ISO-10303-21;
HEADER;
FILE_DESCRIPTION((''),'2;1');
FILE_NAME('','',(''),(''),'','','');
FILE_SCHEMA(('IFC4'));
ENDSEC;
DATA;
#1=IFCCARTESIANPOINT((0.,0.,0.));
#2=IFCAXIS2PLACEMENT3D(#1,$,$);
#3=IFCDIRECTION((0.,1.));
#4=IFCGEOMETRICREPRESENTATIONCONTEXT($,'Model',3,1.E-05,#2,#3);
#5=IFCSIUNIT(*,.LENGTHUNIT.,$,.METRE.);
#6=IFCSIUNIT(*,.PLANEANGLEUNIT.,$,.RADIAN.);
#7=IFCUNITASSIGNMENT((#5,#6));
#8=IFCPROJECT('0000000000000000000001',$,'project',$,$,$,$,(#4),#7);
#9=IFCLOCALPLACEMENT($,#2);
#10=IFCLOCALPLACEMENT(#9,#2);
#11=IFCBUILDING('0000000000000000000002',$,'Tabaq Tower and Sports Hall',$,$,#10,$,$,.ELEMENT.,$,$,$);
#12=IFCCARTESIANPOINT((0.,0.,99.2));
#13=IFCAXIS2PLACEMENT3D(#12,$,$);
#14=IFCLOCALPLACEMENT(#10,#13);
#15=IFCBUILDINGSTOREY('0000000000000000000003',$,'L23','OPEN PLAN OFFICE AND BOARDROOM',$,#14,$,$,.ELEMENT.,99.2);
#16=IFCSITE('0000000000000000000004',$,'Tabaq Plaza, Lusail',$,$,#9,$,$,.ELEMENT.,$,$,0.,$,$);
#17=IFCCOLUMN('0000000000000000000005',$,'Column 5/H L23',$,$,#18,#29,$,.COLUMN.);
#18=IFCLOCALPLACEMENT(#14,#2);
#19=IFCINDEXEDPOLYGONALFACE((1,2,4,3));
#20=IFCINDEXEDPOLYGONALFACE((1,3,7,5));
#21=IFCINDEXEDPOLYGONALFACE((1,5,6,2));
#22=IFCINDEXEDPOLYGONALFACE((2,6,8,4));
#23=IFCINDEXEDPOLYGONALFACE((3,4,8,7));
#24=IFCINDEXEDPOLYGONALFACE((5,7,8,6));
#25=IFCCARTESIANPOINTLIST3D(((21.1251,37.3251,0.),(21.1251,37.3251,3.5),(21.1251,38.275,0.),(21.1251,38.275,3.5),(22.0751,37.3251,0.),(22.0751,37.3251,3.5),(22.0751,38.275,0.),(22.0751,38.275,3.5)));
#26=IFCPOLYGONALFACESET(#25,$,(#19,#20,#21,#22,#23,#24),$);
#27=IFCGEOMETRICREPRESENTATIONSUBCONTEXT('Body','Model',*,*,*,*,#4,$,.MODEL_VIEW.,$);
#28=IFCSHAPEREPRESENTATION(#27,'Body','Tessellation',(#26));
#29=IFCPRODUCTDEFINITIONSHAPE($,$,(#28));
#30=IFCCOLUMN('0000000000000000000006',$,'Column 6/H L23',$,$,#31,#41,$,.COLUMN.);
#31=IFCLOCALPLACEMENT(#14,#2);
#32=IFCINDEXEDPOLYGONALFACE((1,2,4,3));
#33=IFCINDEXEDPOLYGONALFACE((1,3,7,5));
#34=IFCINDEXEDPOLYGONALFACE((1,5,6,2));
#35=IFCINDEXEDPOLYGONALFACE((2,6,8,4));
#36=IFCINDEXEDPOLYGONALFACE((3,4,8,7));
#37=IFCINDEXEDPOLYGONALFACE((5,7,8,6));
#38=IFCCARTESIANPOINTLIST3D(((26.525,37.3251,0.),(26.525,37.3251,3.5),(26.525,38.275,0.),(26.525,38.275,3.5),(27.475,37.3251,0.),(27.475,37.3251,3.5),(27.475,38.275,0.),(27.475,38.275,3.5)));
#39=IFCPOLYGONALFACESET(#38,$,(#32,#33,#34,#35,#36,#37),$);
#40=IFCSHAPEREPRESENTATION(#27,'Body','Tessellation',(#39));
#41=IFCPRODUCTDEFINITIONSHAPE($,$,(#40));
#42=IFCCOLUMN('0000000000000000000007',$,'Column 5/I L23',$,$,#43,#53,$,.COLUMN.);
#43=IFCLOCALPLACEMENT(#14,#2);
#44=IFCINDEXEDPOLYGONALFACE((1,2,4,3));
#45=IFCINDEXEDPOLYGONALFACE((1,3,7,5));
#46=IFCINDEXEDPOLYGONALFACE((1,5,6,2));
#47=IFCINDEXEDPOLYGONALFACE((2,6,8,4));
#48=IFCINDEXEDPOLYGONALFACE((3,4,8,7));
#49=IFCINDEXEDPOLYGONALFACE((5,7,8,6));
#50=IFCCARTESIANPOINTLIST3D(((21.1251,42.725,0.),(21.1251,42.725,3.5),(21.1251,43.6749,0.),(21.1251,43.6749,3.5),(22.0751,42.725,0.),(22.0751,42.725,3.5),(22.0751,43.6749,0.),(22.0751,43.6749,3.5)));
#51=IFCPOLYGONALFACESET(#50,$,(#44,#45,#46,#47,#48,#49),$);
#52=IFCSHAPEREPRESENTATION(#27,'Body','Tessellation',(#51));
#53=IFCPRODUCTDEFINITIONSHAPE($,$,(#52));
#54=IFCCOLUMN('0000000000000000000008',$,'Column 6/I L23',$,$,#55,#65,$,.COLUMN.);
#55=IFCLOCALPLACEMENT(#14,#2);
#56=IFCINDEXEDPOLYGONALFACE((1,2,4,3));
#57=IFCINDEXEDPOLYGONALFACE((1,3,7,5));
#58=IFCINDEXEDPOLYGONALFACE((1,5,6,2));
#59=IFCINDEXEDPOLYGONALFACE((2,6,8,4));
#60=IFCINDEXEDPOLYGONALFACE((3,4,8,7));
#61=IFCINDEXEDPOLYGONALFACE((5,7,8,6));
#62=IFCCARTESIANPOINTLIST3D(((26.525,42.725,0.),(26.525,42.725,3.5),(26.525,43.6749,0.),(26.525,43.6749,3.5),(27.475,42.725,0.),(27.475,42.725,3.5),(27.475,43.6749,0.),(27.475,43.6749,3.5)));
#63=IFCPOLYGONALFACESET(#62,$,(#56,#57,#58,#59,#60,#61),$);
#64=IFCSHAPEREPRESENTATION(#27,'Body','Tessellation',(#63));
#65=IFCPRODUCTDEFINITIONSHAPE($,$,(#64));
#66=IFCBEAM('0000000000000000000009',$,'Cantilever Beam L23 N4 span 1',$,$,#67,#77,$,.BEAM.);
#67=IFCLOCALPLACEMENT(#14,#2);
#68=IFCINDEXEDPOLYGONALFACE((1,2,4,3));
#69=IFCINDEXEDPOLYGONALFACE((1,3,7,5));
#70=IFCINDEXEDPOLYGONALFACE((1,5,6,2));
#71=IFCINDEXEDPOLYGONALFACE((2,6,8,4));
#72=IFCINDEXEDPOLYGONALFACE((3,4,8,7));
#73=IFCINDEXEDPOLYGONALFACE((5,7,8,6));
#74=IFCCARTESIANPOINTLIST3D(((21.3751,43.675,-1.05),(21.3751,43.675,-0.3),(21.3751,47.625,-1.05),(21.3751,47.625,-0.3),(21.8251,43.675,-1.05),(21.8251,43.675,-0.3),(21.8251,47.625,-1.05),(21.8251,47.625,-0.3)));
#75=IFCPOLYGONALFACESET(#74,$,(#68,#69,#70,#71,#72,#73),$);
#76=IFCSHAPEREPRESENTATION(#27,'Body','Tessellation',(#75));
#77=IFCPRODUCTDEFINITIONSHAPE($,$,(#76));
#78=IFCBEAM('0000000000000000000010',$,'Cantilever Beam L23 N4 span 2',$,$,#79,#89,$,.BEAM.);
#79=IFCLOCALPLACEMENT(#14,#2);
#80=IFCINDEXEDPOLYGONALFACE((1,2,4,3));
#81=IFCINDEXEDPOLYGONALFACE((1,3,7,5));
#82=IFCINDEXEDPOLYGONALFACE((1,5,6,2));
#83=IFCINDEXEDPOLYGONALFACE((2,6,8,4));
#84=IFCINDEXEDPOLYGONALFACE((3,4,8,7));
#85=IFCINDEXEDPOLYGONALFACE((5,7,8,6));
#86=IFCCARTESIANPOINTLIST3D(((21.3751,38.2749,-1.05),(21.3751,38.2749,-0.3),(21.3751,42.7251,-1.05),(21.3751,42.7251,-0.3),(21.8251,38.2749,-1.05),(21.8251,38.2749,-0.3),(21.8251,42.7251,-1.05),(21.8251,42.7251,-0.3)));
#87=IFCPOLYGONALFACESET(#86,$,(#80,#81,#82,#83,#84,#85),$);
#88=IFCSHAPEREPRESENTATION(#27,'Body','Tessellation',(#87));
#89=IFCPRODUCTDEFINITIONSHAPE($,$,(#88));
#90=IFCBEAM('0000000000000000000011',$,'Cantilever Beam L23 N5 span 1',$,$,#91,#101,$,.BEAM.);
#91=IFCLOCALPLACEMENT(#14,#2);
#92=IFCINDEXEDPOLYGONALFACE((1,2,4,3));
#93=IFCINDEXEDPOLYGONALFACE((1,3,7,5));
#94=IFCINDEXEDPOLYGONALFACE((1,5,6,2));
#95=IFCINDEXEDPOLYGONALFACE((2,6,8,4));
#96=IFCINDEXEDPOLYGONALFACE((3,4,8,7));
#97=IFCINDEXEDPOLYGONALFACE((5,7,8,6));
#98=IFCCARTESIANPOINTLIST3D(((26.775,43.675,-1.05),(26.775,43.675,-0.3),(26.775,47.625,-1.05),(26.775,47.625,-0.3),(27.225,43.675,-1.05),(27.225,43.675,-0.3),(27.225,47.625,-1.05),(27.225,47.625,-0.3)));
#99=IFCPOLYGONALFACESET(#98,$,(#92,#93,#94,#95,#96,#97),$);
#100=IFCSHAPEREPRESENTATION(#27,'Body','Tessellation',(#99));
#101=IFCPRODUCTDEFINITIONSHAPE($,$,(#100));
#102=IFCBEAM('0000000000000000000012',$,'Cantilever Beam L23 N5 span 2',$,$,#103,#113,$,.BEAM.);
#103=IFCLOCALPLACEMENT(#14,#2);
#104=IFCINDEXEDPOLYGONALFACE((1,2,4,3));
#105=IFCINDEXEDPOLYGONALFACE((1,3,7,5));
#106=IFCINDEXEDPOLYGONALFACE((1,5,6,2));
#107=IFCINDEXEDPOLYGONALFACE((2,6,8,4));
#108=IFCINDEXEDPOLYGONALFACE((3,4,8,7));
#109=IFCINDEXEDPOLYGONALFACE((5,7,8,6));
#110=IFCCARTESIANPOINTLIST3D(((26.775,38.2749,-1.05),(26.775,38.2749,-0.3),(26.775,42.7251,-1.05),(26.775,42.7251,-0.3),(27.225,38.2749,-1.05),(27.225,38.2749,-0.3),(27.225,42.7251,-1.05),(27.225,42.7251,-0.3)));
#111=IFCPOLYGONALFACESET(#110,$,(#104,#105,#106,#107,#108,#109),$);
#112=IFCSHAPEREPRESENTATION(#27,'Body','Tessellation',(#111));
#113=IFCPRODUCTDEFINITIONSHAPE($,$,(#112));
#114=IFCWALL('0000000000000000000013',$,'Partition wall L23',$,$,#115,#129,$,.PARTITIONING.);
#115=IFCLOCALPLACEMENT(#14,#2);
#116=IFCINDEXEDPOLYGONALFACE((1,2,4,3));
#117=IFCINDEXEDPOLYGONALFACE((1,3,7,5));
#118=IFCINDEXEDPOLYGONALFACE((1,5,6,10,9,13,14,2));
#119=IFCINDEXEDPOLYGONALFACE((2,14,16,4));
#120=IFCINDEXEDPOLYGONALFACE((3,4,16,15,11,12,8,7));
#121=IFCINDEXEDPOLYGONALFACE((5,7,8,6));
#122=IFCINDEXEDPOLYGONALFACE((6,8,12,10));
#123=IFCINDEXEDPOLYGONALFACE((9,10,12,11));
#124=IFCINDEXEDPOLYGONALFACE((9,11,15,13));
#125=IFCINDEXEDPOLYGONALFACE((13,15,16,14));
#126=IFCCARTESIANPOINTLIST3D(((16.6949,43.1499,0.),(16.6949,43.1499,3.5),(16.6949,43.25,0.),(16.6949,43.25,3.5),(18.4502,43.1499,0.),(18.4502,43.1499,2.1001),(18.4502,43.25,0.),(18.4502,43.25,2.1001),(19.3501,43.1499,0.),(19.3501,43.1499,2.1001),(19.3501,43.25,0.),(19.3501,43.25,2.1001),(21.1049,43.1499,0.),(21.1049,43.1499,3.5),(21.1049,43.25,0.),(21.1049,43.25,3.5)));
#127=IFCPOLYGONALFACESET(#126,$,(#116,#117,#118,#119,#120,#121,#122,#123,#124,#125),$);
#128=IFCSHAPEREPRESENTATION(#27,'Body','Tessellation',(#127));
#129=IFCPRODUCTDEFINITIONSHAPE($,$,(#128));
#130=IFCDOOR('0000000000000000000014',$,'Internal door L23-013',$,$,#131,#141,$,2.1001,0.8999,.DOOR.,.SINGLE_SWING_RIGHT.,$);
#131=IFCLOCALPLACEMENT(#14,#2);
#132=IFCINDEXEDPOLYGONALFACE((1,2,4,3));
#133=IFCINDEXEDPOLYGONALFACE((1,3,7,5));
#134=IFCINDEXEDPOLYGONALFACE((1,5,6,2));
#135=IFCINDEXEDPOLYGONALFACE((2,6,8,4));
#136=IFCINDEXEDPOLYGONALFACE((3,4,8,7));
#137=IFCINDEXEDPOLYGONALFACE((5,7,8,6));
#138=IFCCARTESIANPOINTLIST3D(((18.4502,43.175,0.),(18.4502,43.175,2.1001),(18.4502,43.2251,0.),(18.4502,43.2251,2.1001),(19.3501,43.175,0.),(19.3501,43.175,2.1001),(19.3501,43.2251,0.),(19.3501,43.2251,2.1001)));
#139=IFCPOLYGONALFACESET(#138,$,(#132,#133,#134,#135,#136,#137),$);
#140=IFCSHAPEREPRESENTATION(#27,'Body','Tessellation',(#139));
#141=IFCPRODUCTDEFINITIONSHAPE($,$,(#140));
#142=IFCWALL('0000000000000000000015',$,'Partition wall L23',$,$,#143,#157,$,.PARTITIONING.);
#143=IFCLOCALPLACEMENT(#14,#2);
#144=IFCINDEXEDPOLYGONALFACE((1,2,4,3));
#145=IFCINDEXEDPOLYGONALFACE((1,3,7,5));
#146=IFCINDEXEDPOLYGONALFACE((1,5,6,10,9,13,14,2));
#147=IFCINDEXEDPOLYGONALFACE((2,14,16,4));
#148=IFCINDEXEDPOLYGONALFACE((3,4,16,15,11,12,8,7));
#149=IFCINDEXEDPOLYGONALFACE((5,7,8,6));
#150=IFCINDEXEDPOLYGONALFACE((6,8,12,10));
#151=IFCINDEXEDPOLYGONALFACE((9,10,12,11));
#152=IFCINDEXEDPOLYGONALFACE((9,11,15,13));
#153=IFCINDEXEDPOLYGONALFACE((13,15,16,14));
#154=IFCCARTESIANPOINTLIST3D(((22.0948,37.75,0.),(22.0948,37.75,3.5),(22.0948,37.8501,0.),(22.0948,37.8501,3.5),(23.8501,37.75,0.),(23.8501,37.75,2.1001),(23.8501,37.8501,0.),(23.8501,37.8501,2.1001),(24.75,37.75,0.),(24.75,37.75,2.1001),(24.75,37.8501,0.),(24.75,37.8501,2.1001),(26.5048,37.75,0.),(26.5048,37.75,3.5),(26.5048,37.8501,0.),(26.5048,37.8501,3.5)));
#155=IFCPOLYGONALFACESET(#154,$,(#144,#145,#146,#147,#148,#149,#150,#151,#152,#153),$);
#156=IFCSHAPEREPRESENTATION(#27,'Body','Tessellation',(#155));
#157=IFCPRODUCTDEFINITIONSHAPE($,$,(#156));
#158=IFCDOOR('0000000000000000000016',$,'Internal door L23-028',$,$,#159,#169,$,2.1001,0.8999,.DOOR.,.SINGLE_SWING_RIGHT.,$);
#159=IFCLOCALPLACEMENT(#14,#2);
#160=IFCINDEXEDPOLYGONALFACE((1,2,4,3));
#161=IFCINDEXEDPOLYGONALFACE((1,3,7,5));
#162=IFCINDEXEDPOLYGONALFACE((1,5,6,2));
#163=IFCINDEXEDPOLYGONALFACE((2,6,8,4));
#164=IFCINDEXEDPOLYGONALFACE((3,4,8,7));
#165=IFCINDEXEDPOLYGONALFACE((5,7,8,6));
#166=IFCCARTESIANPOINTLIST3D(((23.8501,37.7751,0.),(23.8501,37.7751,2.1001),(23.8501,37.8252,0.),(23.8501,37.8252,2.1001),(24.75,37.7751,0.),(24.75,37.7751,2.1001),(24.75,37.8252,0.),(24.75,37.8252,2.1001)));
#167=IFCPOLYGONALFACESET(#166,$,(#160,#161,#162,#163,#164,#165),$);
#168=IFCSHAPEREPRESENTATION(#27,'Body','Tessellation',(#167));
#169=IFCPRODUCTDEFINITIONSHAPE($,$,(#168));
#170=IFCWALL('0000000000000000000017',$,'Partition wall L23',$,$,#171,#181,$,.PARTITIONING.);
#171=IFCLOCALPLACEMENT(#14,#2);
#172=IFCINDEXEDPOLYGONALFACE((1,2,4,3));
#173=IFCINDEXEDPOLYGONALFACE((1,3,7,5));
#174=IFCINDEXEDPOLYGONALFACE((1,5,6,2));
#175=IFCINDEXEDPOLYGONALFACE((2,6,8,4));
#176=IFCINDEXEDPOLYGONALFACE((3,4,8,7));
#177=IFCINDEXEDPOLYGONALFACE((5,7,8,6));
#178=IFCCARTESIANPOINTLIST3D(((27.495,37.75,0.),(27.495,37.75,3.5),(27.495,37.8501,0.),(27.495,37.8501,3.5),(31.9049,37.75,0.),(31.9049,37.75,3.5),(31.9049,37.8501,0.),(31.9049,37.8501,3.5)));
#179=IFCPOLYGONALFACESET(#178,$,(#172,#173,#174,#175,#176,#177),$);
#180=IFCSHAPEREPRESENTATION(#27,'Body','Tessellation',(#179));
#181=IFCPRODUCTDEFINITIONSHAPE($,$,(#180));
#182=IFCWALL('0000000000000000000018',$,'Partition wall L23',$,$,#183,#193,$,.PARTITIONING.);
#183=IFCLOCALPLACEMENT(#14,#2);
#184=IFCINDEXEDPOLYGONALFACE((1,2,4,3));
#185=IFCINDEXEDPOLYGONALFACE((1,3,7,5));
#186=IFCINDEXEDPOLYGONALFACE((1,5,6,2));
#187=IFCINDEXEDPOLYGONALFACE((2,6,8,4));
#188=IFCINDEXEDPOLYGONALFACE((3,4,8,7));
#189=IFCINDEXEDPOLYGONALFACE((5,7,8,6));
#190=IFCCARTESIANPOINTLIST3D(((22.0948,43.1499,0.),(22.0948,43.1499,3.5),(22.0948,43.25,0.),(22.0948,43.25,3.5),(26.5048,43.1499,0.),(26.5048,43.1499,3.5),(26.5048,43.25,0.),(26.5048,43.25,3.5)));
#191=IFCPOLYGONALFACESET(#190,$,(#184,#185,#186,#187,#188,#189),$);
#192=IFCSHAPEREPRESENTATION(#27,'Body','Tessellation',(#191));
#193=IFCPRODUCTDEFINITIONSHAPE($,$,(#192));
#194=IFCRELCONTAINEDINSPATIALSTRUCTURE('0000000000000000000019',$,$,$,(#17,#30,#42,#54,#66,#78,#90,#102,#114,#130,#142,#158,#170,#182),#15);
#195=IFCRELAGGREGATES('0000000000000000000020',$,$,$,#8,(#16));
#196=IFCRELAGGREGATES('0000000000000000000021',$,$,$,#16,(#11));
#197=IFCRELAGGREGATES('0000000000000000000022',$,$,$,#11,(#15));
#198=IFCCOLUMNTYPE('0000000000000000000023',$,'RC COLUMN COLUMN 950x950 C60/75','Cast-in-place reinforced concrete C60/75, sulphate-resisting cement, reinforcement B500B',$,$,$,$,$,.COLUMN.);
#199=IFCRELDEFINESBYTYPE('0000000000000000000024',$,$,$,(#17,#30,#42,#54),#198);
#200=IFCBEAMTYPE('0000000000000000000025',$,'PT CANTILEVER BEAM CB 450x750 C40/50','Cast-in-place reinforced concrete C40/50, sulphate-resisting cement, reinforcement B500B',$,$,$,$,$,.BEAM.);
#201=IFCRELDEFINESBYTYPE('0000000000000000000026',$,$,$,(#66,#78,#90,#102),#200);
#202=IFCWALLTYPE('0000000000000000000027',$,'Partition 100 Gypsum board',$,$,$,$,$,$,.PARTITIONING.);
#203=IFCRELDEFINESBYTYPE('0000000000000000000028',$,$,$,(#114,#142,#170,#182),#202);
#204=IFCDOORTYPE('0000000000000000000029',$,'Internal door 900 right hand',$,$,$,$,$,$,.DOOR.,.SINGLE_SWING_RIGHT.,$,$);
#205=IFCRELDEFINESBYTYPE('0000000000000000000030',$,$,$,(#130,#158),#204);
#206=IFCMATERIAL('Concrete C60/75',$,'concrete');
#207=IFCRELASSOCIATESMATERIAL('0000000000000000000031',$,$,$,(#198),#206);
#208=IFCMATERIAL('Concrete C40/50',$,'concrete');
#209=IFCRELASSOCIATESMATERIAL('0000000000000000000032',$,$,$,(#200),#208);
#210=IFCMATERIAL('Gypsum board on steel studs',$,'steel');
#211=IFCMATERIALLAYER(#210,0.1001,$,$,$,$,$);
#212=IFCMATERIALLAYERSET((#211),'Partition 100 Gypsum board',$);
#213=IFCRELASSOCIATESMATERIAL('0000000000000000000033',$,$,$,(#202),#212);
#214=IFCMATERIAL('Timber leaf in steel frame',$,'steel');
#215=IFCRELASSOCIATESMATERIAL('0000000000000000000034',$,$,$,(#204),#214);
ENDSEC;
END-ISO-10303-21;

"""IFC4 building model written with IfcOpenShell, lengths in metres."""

from ifc_helpers import new_model, si_unit, direction, frame, frame_2d, origin, origin_2d, place, context, subcontext, project, spatial, rectangle, extrude, material, layer, layer_set, material_profile, profile_set, type_object, element, fill, save


model = new_model("IFC4")

# Units and contexts
model_context = context("Model", 3, precision=1e-05, world=origin(), true_north=direction((0.0, 1.0)))
body_context = subcontext(model_context, "Body", "Model", "MODEL_VIEW")
ifc_project = project(units=[si_unit("LENGTHUNIT", "METRE"), si_unit("PLANEANGLEUNIT", "RADIAN")], contexts=[model_context])

# Site, building, storey
site_placement = place(None, origin())
site = spatial("IfcSite", under=ifc_project, at=site_placement, Name="Tabaq Plaza, Lusail", CompositionType="ELEMENT", RefElevation=0.0)
building_placement = place(site_placement, origin())
building = spatial("IfcBuilding", under=site, at=building_placement, Name="Tabaq Tower and Sports Hall", CompositionType="ELEMENT")
storey_placement = place(building_placement, frame((0.0, 0.0, 99.2)))
storey = spatial("IfcBuildingStorey", under=building, at=storey_placement, Name="L23", Description="OPEN PLAN OFFICE AND BOARDROOM", CompositionType="ELEMENT", Elevation=99.2)

# Columns
ifc_material_1 = material(Name="Concrete C60/75", Category="concrete")
ifc_material_profile_1 = material_profile(ifc_material_1, rectangle(XDim=0.95, YDim=0.95, at=origin_2d()), Name="COLUMN 950x950")
ifc_profile_set_1 = profile_set([ifc_material_profile_1], Name="Concrete C60/75")
column_type = type_object("IfcColumnType", Name="RC COLUMN COLUMN 950x950 C60/75", Description="Cast-in-place reinforced concrete C60/75, sulphate-resisting cement, reinforcement B500B", PredefinedType="COLUMN", material=ifc_profile_set_1)
for number, where, z_axis, x_axis, name in (
    (1, (21.6001, 37.8, 0.0), (0.0, 0.0, 1.0), (1.0, 0.0, 0.0), "Column 5/H L23"),
    (2, (27.0, 37.8, 0.0), (0.0, 0.0, 1.0), (1.0, 0.0, 0.0), "Column 6/H L23"),
    (3, (21.6001, 43.2, 0.0), (0.0, 0.0, 1.0), (1.0, 0.0, 0.0), "Column 5/I L23"),
    (4, (27.0, 43.2, 0.0), (0.0, 0.0, 1.0), (1.0, 0.0, 0.0), "Column 6/I L23"),
):
    element("IfcColumn", number, at=place(storey_placement, frame(where, z_axis=z_axis, x_axis=x_axis)), inside=storey, type_object=column_type, Name=name, PredefinedType="COLUMN", context=body_context, shape_type="SweptSolid", body=[
        extrude(rectangle(XDim=0.95, YDim=0.95, at=origin_2d()), origin(), (0.0, 0.0, 1.0), 3.5),
    ])

# Beams
ifc_material_2 = material(Name="Concrete C40/50", Category="concrete")
ifc_material_profile_2 = material_profile(ifc_material_2, rectangle(XDim=0.45, YDim=0.75, at=origin_2d()), Name="CB 450x750")
ifc_profile_set_2 = profile_set([ifc_material_profile_2], Name="Concrete C40/50")
beam_type = type_object("IfcBeamType", Name="PT CANTILEVER BEAM CB 450x750 C40/50", Description="Cast-in-place reinforced concrete C40/50, sulphate-resisting cement, reinforcement B500B", PredefinedType="BEAM", material=ifc_profile_set_2)
beam_1_placement = place(storey_placement, frame((21.6001, 47.625, -0.675), z_axis=(0.0, -1.0, 0.0), x_axis=(1.0, 0.0, 0.0)))
element("IfcBeam", 5, at=beam_1_placement, inside=storey, type_object=beam_type, Name="Cantilever Beam L23 N4 span 1", PredefinedType="BEAM", context=body_context, shape_type="SweptSolid", body=[
    extrude(rectangle(XDim=0.45, YDim=0.75, at=origin_2d()), origin(), (0.0, 0.0, 1.0), 3.95),
])
beam_2_placement = place(storey_placement, frame((21.6001, 42.7251, -0.675), z_axis=(0.0, -1.0, 0.0), x_axis=(1.0, 0.0, 0.0)))
element("IfcBeam", 6, at=beam_2_placement, inside=storey, type_object=beam_type, Name="Cantilever Beam L23 N4 span 2", PredefinedType="BEAM", context=body_context, shape_type="SweptSolid", body=[
    extrude(rectangle(XDim=0.45, YDim=0.75, at=origin_2d()), origin(), (0.0, 0.0, 1.0), 4.4502),
])
beam_3_placement = place(storey_placement, frame((27.0, 47.625, -0.675), z_axis=(0.0, -1.0, 0.0), x_axis=(1.0, 0.0, 0.0)))
element("IfcBeam", 7, at=beam_3_placement, inside=storey, type_object=beam_type, Name="Cantilever Beam L23 N5 span 1", PredefinedType="BEAM", context=body_context, shape_type="SweptSolid", body=[
    extrude(rectangle(XDim=0.45, YDim=0.75, at=origin_2d()), origin(), (0.0, 0.0, 1.0), 3.95),
])
beam_4_placement = place(storey_placement, frame((27.0, 42.7251, -0.675), z_axis=(0.0, -1.0, 0.0), x_axis=(1.0, 0.0, 0.0)))
element("IfcBeam", 8, at=beam_4_placement, inside=storey, type_object=beam_type, Name="Cantilever Beam L23 N5 span 2", PredefinedType="BEAM", context=body_context, shape_type="SweptSolid", body=[
    extrude(rectangle(XDim=0.45, YDim=0.75, at=origin_2d()), origin(), (0.0, 0.0, 1.0), 4.4502),
])

# Walls, openings, doors
ifc_material_3 = material(Name="Gypsum board on steel studs", Category="steel")
ifc_layer_1 = layer(ifc_material_3, 0.1001)
ifc_layer_set_1 = layer_set([ifc_layer_1], Name="Partition 100 Gypsum board")
wall_type_1 = type_object("IfcWallType", Name="Partition 100 Gypsum board", PredefinedType="PARTITIONING", material=ifc_layer_set_1)
wall_1_placement = place(storey_placement, frame((21.105, 43.2, 0.0), z_axis=(0.0, 0.0, 1.0), x_axis=(-1.0, 0.0, 0.0)))
wall_1 = element("IfcWall", 9, at=wall_1_placement, inside=storey, type_object=wall_type_1, Name="Partition wall L23", PredefinedType="PARTITIONING", context=body_context, shape_type="SweptSolid", body=[
    extrude(rectangle(XDim=4.4099, YDim=0.1001, at=frame_2d((2.2051, 0.0))), origin(), (0.0, 0.0, 1.0), 3.5),
])
opening_1_placement = place(wall_1_placement, frame((1.7549, 0.0, 0.0)))
opening_1 = element("IfcOpeningElement", 10, at=opening_1_placement, cuts=wall_1, PredefinedType="OPENING", context=body_context, shape_type="SweptSolid", body=[
    extrude(rectangle(XDim=0.8999, YDim=2.1001, at=frame_2d((0.45, 1.05))), frame((0.0, 0.05, 0.0), z_axis=(0.0, -1.0, 0.0), x_axis=(1.0, 0.0, 0.0)), (0.0, 0.0, 1.0), 0.1001),
])
ifc_material_4 = material(Name="Timber leaf in steel frame", Category="steel")
door_type = type_object("IfcDoorType", Name="Internal door 900 right hand", OperationType="SINGLE_SWING_RIGHT", PredefinedType="DOOR", material=ifc_material_4)
door_1_placement = place(opening_1_placement, origin())
door_1 = element("IfcDoor", 11, at=door_1_placement, inside=storey, type_object=door_type, Name="Internal door L23-013", OperationType="SINGLE_SWING_RIGHT", OverallHeight=2.1001, OverallWidth=0.8999, PredefinedType="DOOR", context=body_context, shape_type="SweptSolid", body=[
    extrude(rectangle(XDim=0.8999, YDim=2.1001, at=frame_2d((0.45, 1.05))), frame((0.0, 0.0249, 0.0), z_axis=(0.0, -1.0, 0.0), x_axis=(1.0, 0.0, 0.0)), (0.0, 0.0, 1.0), 0.05),
])
fill(opening_1, door_1)
wall_2_placement = place(storey_placement, frame((26.5049, 37.8, 0.0), z_axis=(0.0, 0.0, 1.0), x_axis=(-1.0, 0.0, 0.0)))
wall_2 = element("IfcWall", 12, at=wall_2_placement, inside=storey, type_object=wall_type_1, Name="Partition wall L23", PredefinedType="PARTITIONING", context=body_context, shape_type="SweptSolid", body=[
    extrude(rectangle(XDim=4.4099, YDim=0.1001, at=frame_2d((2.2051, 0.0))), origin(), (0.0, 0.0, 1.0), 3.5),
])
opening_2_placement = place(wall_2_placement, frame((1.7549, 0.0, 0.0)))
opening_2 = element("IfcOpeningElement", 13, at=opening_2_placement, cuts=wall_2, PredefinedType="OPENING", context=body_context, shape_type="SweptSolid", body=[
    extrude(rectangle(XDim=0.8999, YDim=2.1001, at=frame_2d((0.45, 1.05))), frame((0.0, 0.05, 0.0), z_axis=(0.0, -1.0, 0.0), x_axis=(1.0, 0.0, 0.0)), (0.0, 0.0, 1.0), 0.1001),
])
door_2_placement = place(opening_2_placement, origin())
door_2 = element("IfcDoor", 14, at=door_2_placement, inside=storey, type_object=door_type, Name="Internal door L23-028", OperationType="SINGLE_SWING_RIGHT", OverallHeight=2.1001, OverallWidth=0.8999, PredefinedType="DOOR", context=body_context, shape_type="SweptSolid", body=[
    extrude(rectangle(XDim=0.8999, YDim=2.1001, at=frame_2d((0.45, 1.05))), frame((0.0, 0.0249, 0.0), z_axis=(0.0, -1.0, 0.0), x_axis=(1.0, 0.0, 0.0)), (0.0, 0.0, 1.0), 0.05),
])
fill(opening_2, door_2)

# Walls
for number, where, z_axis, x_axis, name in (
    (15, (31.905, 37.8, 0.0), (0.0, 0.0, 1.0), (-1.0, 0.0, 0.0), "Partition wall L23"),
    (16, (26.5049, 43.2, 0.0), (0.0, 0.0, 1.0), (-1.0, 0.0, 0.0), "Partition wall L23"),
):
    element("IfcWall", number, at=place(storey_placement, frame(where, z_axis=z_axis, x_axis=x_axis)), inside=storey, type_object=wall_type_1, Name=name, PredefinedType="PARTITIONING", context=body_context, shape_type="SweptSolid", body=[
        extrude(rectangle(XDim=4.4099, YDim=0.1001, at=frame_2d((2.2051, 0.0))), origin(), (0.0, 0.0, 1.0), 3.5),
    ])

save(model, "model.ifc")
